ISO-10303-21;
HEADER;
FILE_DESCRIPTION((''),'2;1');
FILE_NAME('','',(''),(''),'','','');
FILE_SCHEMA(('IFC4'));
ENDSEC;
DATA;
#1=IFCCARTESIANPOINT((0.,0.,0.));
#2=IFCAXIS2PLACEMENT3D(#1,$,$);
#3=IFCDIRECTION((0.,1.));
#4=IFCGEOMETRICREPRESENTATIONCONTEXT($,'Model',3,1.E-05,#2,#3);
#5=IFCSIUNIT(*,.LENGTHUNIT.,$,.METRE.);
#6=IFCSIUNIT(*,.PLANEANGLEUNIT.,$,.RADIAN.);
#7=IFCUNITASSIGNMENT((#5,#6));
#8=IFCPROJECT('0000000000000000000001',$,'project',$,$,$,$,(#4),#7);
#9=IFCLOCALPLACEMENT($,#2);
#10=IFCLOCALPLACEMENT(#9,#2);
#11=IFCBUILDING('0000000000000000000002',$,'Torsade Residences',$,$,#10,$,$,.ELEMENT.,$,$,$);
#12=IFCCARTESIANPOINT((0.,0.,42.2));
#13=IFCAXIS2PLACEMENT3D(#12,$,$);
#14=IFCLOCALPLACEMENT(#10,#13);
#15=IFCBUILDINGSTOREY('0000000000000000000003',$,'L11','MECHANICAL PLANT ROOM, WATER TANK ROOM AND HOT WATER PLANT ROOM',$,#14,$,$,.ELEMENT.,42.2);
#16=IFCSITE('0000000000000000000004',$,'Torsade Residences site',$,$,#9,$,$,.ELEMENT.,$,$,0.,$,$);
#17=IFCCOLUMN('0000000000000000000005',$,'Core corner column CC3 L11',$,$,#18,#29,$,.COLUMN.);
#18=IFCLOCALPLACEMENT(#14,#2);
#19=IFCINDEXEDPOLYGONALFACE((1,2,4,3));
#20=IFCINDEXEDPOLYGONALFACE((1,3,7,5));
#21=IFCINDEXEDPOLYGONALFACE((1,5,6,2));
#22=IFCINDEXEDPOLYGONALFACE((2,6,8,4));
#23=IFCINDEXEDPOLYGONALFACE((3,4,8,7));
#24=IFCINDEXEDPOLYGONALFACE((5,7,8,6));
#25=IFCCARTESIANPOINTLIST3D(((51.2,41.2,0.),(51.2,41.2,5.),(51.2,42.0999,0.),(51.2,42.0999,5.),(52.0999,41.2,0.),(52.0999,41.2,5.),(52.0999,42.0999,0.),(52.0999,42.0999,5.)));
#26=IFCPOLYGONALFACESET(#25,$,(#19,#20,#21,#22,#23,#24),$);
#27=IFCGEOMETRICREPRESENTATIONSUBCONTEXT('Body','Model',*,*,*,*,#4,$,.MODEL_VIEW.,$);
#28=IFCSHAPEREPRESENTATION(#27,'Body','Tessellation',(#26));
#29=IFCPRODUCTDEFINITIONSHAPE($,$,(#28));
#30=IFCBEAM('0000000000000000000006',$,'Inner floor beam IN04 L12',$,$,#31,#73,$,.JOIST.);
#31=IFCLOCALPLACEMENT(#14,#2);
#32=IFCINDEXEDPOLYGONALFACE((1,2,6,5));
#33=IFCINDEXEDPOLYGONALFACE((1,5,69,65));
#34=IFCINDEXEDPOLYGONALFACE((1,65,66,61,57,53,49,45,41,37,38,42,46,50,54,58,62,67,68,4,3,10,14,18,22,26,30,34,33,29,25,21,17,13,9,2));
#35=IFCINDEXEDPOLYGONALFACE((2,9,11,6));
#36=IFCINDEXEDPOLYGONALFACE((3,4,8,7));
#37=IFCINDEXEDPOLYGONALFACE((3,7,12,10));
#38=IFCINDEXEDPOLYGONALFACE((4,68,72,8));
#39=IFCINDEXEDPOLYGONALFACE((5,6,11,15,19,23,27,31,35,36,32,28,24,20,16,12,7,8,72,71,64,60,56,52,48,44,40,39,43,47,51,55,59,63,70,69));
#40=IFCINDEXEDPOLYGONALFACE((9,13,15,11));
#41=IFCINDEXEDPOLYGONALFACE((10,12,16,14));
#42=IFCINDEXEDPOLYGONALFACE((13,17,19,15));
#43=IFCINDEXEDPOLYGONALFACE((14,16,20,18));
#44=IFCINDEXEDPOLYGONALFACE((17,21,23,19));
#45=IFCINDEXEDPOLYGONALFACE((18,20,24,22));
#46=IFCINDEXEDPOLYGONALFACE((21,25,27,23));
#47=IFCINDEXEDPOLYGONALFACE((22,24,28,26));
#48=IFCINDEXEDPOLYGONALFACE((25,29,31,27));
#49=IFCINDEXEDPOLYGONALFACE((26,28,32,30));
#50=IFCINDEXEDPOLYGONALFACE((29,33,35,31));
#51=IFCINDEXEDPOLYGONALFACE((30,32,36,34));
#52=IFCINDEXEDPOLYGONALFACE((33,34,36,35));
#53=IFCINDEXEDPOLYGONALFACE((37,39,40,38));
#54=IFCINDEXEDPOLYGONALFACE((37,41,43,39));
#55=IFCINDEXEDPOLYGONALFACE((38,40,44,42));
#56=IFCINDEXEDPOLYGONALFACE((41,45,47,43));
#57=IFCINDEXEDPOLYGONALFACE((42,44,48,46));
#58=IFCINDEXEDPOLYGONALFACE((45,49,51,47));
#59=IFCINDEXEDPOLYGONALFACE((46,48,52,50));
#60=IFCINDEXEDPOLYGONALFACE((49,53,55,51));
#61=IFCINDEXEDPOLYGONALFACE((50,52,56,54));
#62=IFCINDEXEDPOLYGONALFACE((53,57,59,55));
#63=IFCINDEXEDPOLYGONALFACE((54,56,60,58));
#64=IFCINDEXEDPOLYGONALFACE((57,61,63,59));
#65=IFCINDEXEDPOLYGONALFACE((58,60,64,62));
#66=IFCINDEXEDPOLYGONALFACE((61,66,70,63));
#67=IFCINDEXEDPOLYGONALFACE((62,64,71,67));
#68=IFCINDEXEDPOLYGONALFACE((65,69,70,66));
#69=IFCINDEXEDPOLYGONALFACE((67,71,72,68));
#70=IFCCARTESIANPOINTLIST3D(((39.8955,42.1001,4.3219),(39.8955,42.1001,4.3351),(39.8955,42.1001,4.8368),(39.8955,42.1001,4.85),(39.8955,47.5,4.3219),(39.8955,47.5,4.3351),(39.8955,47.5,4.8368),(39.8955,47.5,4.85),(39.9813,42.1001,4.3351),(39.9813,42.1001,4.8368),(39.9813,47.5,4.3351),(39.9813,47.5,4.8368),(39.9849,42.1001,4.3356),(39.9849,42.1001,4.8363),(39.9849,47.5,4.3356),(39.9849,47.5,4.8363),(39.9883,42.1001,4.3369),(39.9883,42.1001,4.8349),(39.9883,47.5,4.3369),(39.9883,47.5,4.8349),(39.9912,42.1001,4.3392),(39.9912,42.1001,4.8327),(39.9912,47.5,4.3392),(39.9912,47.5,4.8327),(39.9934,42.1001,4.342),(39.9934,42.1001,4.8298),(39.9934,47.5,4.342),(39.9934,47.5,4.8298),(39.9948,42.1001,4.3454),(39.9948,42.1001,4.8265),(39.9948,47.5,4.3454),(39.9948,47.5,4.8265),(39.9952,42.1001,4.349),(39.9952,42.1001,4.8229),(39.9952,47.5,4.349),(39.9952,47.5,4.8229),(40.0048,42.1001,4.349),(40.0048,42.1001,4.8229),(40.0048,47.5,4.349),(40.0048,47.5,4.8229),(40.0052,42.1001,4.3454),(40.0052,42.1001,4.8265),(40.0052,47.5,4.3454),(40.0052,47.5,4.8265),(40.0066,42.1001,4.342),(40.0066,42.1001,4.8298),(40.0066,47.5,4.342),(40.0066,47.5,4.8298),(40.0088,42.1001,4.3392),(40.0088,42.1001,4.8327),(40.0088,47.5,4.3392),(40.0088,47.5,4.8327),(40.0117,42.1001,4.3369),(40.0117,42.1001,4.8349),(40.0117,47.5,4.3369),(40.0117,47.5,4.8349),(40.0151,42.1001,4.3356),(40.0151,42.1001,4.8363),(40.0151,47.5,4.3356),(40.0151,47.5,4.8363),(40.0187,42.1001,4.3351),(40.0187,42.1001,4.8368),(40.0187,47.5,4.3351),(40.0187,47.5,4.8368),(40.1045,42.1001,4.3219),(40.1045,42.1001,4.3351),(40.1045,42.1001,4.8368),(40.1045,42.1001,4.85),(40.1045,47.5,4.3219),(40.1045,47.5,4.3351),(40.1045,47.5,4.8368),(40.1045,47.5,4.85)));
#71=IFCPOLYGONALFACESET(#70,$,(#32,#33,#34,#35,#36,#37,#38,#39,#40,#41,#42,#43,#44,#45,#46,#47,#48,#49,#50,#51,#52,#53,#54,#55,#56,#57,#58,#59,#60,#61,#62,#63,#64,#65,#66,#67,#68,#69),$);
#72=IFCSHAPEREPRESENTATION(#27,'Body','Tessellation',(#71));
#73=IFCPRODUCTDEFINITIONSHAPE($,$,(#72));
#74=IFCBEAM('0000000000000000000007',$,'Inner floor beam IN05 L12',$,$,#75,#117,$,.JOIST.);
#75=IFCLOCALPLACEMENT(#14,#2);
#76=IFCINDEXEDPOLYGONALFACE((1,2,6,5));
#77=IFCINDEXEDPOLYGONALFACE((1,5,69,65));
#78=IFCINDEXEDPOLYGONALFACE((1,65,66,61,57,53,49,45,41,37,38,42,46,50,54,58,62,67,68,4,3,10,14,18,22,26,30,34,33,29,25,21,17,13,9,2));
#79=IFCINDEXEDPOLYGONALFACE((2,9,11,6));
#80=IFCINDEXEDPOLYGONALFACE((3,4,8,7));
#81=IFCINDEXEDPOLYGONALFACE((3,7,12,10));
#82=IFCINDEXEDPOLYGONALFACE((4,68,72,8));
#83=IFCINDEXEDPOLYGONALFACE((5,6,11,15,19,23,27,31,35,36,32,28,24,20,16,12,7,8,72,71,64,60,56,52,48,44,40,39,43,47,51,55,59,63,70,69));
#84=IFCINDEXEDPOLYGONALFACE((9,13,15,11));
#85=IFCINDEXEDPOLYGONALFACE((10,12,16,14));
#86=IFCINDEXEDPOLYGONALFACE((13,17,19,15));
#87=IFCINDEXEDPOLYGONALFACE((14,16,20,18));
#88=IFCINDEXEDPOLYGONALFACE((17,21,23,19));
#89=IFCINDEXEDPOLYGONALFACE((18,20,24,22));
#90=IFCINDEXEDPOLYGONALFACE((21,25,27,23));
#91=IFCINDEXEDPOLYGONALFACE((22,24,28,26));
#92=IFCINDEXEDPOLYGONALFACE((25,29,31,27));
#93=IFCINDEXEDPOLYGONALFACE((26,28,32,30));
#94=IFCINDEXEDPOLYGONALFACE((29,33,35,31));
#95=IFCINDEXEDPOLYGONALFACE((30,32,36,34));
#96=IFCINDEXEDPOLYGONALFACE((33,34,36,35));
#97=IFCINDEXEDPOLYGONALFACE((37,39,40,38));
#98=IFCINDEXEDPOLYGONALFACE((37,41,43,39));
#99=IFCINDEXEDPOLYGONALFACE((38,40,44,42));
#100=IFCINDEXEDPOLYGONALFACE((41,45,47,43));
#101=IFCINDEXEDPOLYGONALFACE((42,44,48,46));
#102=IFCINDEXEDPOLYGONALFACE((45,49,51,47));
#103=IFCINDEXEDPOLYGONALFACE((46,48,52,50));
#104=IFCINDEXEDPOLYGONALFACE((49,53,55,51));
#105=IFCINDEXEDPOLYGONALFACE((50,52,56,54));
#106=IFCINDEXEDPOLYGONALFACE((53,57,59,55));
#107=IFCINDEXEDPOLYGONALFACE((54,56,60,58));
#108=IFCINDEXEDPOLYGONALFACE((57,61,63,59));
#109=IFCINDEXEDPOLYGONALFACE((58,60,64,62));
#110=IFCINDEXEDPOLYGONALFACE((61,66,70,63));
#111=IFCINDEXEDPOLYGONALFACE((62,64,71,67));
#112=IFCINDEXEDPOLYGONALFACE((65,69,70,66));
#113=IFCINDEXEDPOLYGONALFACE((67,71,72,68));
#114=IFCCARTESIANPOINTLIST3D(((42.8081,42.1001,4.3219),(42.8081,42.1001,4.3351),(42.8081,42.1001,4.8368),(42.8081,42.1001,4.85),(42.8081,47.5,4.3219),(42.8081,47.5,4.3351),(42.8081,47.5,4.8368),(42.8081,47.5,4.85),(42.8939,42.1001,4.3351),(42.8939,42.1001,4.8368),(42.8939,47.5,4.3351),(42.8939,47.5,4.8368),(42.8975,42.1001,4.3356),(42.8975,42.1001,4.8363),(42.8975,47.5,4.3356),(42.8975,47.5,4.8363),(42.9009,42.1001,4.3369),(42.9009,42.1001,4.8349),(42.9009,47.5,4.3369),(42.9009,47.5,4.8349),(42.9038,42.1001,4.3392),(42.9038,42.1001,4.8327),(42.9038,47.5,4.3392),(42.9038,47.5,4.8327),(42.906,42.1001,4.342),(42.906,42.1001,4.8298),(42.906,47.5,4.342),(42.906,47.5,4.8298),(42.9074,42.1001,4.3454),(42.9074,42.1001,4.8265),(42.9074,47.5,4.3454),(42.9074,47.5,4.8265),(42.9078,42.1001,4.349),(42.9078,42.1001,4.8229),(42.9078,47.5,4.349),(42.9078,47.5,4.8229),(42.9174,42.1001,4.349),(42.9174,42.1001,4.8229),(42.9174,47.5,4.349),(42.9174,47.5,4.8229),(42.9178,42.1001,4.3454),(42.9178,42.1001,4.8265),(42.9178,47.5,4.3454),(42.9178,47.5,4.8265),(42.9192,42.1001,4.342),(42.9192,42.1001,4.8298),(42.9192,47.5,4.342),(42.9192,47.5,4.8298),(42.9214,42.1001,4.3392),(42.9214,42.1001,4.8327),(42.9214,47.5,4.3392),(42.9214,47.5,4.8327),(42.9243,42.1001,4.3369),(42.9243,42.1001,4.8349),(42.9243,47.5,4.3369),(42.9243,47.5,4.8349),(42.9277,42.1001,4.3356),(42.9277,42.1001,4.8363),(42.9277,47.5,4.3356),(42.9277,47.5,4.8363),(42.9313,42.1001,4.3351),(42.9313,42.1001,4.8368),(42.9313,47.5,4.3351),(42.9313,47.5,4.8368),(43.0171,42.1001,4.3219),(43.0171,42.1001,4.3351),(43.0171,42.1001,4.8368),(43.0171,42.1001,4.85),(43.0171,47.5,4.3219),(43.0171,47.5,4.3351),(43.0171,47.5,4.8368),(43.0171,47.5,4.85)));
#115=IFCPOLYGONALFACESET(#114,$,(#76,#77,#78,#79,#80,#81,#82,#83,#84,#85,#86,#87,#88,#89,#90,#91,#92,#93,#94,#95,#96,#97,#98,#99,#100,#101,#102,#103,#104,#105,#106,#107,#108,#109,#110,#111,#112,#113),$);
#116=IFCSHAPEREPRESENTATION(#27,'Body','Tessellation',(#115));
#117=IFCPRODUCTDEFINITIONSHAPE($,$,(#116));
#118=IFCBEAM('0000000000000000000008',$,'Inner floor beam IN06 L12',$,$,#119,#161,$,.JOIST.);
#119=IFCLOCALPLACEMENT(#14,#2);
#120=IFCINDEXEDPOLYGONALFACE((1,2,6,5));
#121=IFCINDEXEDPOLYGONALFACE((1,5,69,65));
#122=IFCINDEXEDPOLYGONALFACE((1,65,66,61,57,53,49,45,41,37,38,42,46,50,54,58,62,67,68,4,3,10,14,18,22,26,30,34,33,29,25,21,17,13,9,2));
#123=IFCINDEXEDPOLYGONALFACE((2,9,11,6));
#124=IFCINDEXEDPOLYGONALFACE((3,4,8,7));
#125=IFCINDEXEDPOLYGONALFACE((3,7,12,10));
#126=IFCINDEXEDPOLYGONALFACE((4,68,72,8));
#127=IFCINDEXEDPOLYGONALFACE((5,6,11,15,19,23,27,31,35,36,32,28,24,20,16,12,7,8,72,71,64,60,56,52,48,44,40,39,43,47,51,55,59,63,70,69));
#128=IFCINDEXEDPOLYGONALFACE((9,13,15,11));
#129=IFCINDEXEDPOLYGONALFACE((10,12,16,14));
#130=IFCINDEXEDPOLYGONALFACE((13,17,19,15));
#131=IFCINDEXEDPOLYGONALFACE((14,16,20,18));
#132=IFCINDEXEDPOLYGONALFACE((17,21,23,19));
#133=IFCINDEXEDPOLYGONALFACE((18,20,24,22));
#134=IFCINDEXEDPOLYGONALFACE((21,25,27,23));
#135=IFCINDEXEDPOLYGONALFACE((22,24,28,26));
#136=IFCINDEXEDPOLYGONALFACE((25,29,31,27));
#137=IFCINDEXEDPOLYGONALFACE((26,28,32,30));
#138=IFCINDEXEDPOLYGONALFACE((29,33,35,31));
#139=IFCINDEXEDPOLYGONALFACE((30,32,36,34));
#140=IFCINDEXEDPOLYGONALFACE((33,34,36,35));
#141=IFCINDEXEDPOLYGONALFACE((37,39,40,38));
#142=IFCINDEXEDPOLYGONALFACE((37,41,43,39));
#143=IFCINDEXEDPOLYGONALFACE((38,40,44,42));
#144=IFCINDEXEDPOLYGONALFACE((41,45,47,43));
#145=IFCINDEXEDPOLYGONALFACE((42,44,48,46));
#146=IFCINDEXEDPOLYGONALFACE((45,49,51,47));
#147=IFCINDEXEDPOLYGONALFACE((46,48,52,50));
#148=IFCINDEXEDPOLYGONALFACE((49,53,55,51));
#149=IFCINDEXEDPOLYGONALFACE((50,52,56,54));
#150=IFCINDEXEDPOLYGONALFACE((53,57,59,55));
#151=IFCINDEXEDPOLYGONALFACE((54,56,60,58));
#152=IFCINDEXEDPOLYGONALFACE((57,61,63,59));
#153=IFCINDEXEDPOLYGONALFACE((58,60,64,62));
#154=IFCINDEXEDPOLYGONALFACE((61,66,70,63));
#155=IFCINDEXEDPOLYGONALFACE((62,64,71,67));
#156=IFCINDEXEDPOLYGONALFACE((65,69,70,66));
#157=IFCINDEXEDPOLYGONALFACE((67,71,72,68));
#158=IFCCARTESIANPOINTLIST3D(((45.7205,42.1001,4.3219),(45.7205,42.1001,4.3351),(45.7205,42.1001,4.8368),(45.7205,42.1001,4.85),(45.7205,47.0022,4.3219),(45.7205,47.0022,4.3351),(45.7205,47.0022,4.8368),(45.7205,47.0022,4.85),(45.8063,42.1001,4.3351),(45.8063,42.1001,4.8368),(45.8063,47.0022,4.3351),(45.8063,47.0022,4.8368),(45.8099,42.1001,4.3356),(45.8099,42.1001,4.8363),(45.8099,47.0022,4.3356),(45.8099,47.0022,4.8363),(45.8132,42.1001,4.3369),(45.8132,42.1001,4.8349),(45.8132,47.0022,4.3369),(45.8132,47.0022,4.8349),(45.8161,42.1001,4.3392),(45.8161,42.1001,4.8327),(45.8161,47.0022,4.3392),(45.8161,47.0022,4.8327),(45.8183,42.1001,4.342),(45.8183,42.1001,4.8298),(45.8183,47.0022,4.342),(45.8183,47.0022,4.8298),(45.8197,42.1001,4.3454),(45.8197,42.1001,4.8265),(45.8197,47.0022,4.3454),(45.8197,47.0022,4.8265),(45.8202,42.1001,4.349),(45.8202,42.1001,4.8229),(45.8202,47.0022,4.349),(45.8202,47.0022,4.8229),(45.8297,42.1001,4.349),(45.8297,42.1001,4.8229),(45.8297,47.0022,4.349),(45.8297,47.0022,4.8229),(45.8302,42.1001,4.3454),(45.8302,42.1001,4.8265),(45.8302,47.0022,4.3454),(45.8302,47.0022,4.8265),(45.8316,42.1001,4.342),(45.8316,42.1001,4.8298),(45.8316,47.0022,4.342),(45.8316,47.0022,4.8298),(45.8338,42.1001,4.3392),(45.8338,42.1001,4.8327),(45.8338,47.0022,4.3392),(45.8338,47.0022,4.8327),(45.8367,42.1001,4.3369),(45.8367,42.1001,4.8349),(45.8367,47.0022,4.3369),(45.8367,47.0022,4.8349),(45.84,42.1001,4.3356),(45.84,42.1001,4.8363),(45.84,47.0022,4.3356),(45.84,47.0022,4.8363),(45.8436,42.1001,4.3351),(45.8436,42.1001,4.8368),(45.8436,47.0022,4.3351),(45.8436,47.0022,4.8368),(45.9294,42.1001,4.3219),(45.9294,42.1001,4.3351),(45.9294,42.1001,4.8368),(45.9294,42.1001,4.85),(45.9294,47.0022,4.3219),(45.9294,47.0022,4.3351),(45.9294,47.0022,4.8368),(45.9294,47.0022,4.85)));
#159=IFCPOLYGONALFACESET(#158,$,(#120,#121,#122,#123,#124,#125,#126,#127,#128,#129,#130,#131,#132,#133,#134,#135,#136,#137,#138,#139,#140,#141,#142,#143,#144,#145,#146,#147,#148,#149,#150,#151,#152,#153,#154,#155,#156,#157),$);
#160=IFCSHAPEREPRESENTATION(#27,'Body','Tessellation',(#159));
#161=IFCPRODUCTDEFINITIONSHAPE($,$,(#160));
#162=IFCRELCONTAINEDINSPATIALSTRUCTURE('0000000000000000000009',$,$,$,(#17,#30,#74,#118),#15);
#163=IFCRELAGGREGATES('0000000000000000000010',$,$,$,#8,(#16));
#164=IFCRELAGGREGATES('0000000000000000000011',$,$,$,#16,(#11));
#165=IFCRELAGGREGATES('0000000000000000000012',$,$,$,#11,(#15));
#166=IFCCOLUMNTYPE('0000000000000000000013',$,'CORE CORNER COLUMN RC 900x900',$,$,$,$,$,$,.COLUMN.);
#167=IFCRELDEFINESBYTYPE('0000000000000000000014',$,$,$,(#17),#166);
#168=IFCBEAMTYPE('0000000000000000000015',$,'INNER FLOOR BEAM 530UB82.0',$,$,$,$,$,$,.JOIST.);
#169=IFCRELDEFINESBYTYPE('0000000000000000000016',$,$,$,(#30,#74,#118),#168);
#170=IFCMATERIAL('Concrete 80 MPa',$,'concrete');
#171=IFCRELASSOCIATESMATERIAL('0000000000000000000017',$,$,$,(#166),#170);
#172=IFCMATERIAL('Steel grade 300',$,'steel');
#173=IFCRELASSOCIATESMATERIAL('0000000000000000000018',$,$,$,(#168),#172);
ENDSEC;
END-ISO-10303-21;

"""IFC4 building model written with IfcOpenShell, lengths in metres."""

from ifc_helpers import new_model, si_unit, direction, frame, origin, origin_2d, place, context, subcontext, project, spatial, rectangle, i_section, extrude, material, material_profile, profile_set, type_object, element, save


model = new_model("IFC4")

# Units and contexts
model_context = context("Model", 3, precision=1e-05, world=origin(), true_north=direction((0.0, 1.0)))
body_context = subcontext(model_context, "Body", "Model", "MODEL_VIEW")
ifc_project = project(units=[si_unit("LENGTHUNIT", "METRE"), si_unit("PLANEANGLEUNIT", "RADIAN")], contexts=[model_context])

# Site, building, storey
site_placement = place(None, origin())
site = spatial("IfcSite", under=ifc_project, at=site_placement, Name="Torsade Residences site", CompositionType="ELEMENT", RefElevation=0.0)
building_placement = place(site_placement, origin())
building = spatial("IfcBuilding", under=site, at=building_placement, Name="Torsade Residences", CompositionType="ELEMENT")
storey_placement = place(building_placement, frame((0.0, 0.0, 42.2)))
storey = spatial("IfcBuildingStorey", under=building, at=storey_placement, Name="L11", Description="MECHANICAL PLANT ROOM, WATER TANK ROOM AND HOT WATER PLANT ROOM", CompositionType="ELEMENT", Elevation=42.2)

# Column
ifc_material_1 = material(Name="Concrete 80 MPa", Category="concrete")
ifc_material_profile_1 = material_profile(ifc_material_1, rectangle(XDim=0.8999, YDim=0.8999, at=origin_2d()), Name="RC 900x900")
ifc_profile_set_1 = profile_set([ifc_material_profile_1], Name="Concrete 80 MPa")
column_type = type_object("IfcColumnType", Name="CORE CORNER COLUMN RC 900x900", PredefinedType="COLUMN", material=ifc_profile_set_1)
column_placement = place(storey_placement, frame((51.6499, 41.6499, 0.0), z_axis=(0.0, 0.0, 1.0), x_axis=(1.0, 0.0, 0.0)))
element("IfcColumn", 1, at=column_placement, inside=storey, type_object=column_type, Name="Core corner column CC3 L11", PredefinedType="COLUMN", context=body_context, shape_type="SweptSolid", body=[
    extrude(rectangle(XDim=0.8999, YDim=0.8999, at=origin_2d()), origin(), (0.0, 0.0, 1.0), 5.0),
])

# Beams
ifc_material_2 = material(Name="Steel grade 300", Category="steel")
ifc_material_profile_2 = material_profile(ifc_material_2, i_section(OverallWidth=0.209, OverallDepth=0.5281, WebThickness=0.0095, FlangeThickness=0.0132, FilletRadius=0.0139, at=origin_2d()), Name="530UB82.0")
ifc_profile_set_2 = profile_set([ifc_material_profile_2], Name="Steel grade 300")
beam_type = type_object("IfcBeamType", Name="INNER FLOOR BEAM 530UB82.0", PredefinedType="JOIST", material=ifc_profile_set_2)
for number, where, z_axis, x_axis, name in (
    (2, (40.0, 42.1001, 4.5859), (0.0, 1.0, 0.0), (-1.0, 0.0, 0.0), "Inner floor beam IN04 L12"),
    (3, (42.9126, 42.1001, 4.5859), (0.0, 1.0, 0.0), (-1.0, 0.0, 0.0), "Inner floor beam IN05 L12"),
):
    element("IfcBeam", number, at=place(storey_placement, frame(where, z_axis=z_axis, x_axis=x_axis)), inside=storey, type_object=beam_type, Name=name, PredefinedType="JOIST", context=body_context, shape_type="SweptSolid", body=[
        extrude(i_section(OverallWidth=0.209, OverallDepth=0.5281, WebThickness=0.0095, FlangeThickness=0.0132, FilletRadius=0.0139, at=origin_2d()), origin(), (0.0, 0.0, 1.0), 5.3999),
    ])
beam_1_placement = place(storey_placement, frame((45.825, 42.1001, 4.5859), z_axis=(0.0, 1.0, 0.0), x_axis=(-1.0, 0.0, 0.0)))
element("IfcBeam", 4, at=beam_1_placement, inside=storey, type_object=beam_type, Name="Inner floor beam IN06 L12", PredefinedType="JOIST", context=body_context, shape_type="SweptSolid", body=[
    extrude(i_section(OverallWidth=0.209, OverallDepth=0.5281, WebThickness=0.0095, FlangeThickness=0.0132, FilletRadius=0.0139, at=origin_2d()), origin(), (0.0, 0.0, 1.0), 4.9021),
])

save(model, "model.ifc")
